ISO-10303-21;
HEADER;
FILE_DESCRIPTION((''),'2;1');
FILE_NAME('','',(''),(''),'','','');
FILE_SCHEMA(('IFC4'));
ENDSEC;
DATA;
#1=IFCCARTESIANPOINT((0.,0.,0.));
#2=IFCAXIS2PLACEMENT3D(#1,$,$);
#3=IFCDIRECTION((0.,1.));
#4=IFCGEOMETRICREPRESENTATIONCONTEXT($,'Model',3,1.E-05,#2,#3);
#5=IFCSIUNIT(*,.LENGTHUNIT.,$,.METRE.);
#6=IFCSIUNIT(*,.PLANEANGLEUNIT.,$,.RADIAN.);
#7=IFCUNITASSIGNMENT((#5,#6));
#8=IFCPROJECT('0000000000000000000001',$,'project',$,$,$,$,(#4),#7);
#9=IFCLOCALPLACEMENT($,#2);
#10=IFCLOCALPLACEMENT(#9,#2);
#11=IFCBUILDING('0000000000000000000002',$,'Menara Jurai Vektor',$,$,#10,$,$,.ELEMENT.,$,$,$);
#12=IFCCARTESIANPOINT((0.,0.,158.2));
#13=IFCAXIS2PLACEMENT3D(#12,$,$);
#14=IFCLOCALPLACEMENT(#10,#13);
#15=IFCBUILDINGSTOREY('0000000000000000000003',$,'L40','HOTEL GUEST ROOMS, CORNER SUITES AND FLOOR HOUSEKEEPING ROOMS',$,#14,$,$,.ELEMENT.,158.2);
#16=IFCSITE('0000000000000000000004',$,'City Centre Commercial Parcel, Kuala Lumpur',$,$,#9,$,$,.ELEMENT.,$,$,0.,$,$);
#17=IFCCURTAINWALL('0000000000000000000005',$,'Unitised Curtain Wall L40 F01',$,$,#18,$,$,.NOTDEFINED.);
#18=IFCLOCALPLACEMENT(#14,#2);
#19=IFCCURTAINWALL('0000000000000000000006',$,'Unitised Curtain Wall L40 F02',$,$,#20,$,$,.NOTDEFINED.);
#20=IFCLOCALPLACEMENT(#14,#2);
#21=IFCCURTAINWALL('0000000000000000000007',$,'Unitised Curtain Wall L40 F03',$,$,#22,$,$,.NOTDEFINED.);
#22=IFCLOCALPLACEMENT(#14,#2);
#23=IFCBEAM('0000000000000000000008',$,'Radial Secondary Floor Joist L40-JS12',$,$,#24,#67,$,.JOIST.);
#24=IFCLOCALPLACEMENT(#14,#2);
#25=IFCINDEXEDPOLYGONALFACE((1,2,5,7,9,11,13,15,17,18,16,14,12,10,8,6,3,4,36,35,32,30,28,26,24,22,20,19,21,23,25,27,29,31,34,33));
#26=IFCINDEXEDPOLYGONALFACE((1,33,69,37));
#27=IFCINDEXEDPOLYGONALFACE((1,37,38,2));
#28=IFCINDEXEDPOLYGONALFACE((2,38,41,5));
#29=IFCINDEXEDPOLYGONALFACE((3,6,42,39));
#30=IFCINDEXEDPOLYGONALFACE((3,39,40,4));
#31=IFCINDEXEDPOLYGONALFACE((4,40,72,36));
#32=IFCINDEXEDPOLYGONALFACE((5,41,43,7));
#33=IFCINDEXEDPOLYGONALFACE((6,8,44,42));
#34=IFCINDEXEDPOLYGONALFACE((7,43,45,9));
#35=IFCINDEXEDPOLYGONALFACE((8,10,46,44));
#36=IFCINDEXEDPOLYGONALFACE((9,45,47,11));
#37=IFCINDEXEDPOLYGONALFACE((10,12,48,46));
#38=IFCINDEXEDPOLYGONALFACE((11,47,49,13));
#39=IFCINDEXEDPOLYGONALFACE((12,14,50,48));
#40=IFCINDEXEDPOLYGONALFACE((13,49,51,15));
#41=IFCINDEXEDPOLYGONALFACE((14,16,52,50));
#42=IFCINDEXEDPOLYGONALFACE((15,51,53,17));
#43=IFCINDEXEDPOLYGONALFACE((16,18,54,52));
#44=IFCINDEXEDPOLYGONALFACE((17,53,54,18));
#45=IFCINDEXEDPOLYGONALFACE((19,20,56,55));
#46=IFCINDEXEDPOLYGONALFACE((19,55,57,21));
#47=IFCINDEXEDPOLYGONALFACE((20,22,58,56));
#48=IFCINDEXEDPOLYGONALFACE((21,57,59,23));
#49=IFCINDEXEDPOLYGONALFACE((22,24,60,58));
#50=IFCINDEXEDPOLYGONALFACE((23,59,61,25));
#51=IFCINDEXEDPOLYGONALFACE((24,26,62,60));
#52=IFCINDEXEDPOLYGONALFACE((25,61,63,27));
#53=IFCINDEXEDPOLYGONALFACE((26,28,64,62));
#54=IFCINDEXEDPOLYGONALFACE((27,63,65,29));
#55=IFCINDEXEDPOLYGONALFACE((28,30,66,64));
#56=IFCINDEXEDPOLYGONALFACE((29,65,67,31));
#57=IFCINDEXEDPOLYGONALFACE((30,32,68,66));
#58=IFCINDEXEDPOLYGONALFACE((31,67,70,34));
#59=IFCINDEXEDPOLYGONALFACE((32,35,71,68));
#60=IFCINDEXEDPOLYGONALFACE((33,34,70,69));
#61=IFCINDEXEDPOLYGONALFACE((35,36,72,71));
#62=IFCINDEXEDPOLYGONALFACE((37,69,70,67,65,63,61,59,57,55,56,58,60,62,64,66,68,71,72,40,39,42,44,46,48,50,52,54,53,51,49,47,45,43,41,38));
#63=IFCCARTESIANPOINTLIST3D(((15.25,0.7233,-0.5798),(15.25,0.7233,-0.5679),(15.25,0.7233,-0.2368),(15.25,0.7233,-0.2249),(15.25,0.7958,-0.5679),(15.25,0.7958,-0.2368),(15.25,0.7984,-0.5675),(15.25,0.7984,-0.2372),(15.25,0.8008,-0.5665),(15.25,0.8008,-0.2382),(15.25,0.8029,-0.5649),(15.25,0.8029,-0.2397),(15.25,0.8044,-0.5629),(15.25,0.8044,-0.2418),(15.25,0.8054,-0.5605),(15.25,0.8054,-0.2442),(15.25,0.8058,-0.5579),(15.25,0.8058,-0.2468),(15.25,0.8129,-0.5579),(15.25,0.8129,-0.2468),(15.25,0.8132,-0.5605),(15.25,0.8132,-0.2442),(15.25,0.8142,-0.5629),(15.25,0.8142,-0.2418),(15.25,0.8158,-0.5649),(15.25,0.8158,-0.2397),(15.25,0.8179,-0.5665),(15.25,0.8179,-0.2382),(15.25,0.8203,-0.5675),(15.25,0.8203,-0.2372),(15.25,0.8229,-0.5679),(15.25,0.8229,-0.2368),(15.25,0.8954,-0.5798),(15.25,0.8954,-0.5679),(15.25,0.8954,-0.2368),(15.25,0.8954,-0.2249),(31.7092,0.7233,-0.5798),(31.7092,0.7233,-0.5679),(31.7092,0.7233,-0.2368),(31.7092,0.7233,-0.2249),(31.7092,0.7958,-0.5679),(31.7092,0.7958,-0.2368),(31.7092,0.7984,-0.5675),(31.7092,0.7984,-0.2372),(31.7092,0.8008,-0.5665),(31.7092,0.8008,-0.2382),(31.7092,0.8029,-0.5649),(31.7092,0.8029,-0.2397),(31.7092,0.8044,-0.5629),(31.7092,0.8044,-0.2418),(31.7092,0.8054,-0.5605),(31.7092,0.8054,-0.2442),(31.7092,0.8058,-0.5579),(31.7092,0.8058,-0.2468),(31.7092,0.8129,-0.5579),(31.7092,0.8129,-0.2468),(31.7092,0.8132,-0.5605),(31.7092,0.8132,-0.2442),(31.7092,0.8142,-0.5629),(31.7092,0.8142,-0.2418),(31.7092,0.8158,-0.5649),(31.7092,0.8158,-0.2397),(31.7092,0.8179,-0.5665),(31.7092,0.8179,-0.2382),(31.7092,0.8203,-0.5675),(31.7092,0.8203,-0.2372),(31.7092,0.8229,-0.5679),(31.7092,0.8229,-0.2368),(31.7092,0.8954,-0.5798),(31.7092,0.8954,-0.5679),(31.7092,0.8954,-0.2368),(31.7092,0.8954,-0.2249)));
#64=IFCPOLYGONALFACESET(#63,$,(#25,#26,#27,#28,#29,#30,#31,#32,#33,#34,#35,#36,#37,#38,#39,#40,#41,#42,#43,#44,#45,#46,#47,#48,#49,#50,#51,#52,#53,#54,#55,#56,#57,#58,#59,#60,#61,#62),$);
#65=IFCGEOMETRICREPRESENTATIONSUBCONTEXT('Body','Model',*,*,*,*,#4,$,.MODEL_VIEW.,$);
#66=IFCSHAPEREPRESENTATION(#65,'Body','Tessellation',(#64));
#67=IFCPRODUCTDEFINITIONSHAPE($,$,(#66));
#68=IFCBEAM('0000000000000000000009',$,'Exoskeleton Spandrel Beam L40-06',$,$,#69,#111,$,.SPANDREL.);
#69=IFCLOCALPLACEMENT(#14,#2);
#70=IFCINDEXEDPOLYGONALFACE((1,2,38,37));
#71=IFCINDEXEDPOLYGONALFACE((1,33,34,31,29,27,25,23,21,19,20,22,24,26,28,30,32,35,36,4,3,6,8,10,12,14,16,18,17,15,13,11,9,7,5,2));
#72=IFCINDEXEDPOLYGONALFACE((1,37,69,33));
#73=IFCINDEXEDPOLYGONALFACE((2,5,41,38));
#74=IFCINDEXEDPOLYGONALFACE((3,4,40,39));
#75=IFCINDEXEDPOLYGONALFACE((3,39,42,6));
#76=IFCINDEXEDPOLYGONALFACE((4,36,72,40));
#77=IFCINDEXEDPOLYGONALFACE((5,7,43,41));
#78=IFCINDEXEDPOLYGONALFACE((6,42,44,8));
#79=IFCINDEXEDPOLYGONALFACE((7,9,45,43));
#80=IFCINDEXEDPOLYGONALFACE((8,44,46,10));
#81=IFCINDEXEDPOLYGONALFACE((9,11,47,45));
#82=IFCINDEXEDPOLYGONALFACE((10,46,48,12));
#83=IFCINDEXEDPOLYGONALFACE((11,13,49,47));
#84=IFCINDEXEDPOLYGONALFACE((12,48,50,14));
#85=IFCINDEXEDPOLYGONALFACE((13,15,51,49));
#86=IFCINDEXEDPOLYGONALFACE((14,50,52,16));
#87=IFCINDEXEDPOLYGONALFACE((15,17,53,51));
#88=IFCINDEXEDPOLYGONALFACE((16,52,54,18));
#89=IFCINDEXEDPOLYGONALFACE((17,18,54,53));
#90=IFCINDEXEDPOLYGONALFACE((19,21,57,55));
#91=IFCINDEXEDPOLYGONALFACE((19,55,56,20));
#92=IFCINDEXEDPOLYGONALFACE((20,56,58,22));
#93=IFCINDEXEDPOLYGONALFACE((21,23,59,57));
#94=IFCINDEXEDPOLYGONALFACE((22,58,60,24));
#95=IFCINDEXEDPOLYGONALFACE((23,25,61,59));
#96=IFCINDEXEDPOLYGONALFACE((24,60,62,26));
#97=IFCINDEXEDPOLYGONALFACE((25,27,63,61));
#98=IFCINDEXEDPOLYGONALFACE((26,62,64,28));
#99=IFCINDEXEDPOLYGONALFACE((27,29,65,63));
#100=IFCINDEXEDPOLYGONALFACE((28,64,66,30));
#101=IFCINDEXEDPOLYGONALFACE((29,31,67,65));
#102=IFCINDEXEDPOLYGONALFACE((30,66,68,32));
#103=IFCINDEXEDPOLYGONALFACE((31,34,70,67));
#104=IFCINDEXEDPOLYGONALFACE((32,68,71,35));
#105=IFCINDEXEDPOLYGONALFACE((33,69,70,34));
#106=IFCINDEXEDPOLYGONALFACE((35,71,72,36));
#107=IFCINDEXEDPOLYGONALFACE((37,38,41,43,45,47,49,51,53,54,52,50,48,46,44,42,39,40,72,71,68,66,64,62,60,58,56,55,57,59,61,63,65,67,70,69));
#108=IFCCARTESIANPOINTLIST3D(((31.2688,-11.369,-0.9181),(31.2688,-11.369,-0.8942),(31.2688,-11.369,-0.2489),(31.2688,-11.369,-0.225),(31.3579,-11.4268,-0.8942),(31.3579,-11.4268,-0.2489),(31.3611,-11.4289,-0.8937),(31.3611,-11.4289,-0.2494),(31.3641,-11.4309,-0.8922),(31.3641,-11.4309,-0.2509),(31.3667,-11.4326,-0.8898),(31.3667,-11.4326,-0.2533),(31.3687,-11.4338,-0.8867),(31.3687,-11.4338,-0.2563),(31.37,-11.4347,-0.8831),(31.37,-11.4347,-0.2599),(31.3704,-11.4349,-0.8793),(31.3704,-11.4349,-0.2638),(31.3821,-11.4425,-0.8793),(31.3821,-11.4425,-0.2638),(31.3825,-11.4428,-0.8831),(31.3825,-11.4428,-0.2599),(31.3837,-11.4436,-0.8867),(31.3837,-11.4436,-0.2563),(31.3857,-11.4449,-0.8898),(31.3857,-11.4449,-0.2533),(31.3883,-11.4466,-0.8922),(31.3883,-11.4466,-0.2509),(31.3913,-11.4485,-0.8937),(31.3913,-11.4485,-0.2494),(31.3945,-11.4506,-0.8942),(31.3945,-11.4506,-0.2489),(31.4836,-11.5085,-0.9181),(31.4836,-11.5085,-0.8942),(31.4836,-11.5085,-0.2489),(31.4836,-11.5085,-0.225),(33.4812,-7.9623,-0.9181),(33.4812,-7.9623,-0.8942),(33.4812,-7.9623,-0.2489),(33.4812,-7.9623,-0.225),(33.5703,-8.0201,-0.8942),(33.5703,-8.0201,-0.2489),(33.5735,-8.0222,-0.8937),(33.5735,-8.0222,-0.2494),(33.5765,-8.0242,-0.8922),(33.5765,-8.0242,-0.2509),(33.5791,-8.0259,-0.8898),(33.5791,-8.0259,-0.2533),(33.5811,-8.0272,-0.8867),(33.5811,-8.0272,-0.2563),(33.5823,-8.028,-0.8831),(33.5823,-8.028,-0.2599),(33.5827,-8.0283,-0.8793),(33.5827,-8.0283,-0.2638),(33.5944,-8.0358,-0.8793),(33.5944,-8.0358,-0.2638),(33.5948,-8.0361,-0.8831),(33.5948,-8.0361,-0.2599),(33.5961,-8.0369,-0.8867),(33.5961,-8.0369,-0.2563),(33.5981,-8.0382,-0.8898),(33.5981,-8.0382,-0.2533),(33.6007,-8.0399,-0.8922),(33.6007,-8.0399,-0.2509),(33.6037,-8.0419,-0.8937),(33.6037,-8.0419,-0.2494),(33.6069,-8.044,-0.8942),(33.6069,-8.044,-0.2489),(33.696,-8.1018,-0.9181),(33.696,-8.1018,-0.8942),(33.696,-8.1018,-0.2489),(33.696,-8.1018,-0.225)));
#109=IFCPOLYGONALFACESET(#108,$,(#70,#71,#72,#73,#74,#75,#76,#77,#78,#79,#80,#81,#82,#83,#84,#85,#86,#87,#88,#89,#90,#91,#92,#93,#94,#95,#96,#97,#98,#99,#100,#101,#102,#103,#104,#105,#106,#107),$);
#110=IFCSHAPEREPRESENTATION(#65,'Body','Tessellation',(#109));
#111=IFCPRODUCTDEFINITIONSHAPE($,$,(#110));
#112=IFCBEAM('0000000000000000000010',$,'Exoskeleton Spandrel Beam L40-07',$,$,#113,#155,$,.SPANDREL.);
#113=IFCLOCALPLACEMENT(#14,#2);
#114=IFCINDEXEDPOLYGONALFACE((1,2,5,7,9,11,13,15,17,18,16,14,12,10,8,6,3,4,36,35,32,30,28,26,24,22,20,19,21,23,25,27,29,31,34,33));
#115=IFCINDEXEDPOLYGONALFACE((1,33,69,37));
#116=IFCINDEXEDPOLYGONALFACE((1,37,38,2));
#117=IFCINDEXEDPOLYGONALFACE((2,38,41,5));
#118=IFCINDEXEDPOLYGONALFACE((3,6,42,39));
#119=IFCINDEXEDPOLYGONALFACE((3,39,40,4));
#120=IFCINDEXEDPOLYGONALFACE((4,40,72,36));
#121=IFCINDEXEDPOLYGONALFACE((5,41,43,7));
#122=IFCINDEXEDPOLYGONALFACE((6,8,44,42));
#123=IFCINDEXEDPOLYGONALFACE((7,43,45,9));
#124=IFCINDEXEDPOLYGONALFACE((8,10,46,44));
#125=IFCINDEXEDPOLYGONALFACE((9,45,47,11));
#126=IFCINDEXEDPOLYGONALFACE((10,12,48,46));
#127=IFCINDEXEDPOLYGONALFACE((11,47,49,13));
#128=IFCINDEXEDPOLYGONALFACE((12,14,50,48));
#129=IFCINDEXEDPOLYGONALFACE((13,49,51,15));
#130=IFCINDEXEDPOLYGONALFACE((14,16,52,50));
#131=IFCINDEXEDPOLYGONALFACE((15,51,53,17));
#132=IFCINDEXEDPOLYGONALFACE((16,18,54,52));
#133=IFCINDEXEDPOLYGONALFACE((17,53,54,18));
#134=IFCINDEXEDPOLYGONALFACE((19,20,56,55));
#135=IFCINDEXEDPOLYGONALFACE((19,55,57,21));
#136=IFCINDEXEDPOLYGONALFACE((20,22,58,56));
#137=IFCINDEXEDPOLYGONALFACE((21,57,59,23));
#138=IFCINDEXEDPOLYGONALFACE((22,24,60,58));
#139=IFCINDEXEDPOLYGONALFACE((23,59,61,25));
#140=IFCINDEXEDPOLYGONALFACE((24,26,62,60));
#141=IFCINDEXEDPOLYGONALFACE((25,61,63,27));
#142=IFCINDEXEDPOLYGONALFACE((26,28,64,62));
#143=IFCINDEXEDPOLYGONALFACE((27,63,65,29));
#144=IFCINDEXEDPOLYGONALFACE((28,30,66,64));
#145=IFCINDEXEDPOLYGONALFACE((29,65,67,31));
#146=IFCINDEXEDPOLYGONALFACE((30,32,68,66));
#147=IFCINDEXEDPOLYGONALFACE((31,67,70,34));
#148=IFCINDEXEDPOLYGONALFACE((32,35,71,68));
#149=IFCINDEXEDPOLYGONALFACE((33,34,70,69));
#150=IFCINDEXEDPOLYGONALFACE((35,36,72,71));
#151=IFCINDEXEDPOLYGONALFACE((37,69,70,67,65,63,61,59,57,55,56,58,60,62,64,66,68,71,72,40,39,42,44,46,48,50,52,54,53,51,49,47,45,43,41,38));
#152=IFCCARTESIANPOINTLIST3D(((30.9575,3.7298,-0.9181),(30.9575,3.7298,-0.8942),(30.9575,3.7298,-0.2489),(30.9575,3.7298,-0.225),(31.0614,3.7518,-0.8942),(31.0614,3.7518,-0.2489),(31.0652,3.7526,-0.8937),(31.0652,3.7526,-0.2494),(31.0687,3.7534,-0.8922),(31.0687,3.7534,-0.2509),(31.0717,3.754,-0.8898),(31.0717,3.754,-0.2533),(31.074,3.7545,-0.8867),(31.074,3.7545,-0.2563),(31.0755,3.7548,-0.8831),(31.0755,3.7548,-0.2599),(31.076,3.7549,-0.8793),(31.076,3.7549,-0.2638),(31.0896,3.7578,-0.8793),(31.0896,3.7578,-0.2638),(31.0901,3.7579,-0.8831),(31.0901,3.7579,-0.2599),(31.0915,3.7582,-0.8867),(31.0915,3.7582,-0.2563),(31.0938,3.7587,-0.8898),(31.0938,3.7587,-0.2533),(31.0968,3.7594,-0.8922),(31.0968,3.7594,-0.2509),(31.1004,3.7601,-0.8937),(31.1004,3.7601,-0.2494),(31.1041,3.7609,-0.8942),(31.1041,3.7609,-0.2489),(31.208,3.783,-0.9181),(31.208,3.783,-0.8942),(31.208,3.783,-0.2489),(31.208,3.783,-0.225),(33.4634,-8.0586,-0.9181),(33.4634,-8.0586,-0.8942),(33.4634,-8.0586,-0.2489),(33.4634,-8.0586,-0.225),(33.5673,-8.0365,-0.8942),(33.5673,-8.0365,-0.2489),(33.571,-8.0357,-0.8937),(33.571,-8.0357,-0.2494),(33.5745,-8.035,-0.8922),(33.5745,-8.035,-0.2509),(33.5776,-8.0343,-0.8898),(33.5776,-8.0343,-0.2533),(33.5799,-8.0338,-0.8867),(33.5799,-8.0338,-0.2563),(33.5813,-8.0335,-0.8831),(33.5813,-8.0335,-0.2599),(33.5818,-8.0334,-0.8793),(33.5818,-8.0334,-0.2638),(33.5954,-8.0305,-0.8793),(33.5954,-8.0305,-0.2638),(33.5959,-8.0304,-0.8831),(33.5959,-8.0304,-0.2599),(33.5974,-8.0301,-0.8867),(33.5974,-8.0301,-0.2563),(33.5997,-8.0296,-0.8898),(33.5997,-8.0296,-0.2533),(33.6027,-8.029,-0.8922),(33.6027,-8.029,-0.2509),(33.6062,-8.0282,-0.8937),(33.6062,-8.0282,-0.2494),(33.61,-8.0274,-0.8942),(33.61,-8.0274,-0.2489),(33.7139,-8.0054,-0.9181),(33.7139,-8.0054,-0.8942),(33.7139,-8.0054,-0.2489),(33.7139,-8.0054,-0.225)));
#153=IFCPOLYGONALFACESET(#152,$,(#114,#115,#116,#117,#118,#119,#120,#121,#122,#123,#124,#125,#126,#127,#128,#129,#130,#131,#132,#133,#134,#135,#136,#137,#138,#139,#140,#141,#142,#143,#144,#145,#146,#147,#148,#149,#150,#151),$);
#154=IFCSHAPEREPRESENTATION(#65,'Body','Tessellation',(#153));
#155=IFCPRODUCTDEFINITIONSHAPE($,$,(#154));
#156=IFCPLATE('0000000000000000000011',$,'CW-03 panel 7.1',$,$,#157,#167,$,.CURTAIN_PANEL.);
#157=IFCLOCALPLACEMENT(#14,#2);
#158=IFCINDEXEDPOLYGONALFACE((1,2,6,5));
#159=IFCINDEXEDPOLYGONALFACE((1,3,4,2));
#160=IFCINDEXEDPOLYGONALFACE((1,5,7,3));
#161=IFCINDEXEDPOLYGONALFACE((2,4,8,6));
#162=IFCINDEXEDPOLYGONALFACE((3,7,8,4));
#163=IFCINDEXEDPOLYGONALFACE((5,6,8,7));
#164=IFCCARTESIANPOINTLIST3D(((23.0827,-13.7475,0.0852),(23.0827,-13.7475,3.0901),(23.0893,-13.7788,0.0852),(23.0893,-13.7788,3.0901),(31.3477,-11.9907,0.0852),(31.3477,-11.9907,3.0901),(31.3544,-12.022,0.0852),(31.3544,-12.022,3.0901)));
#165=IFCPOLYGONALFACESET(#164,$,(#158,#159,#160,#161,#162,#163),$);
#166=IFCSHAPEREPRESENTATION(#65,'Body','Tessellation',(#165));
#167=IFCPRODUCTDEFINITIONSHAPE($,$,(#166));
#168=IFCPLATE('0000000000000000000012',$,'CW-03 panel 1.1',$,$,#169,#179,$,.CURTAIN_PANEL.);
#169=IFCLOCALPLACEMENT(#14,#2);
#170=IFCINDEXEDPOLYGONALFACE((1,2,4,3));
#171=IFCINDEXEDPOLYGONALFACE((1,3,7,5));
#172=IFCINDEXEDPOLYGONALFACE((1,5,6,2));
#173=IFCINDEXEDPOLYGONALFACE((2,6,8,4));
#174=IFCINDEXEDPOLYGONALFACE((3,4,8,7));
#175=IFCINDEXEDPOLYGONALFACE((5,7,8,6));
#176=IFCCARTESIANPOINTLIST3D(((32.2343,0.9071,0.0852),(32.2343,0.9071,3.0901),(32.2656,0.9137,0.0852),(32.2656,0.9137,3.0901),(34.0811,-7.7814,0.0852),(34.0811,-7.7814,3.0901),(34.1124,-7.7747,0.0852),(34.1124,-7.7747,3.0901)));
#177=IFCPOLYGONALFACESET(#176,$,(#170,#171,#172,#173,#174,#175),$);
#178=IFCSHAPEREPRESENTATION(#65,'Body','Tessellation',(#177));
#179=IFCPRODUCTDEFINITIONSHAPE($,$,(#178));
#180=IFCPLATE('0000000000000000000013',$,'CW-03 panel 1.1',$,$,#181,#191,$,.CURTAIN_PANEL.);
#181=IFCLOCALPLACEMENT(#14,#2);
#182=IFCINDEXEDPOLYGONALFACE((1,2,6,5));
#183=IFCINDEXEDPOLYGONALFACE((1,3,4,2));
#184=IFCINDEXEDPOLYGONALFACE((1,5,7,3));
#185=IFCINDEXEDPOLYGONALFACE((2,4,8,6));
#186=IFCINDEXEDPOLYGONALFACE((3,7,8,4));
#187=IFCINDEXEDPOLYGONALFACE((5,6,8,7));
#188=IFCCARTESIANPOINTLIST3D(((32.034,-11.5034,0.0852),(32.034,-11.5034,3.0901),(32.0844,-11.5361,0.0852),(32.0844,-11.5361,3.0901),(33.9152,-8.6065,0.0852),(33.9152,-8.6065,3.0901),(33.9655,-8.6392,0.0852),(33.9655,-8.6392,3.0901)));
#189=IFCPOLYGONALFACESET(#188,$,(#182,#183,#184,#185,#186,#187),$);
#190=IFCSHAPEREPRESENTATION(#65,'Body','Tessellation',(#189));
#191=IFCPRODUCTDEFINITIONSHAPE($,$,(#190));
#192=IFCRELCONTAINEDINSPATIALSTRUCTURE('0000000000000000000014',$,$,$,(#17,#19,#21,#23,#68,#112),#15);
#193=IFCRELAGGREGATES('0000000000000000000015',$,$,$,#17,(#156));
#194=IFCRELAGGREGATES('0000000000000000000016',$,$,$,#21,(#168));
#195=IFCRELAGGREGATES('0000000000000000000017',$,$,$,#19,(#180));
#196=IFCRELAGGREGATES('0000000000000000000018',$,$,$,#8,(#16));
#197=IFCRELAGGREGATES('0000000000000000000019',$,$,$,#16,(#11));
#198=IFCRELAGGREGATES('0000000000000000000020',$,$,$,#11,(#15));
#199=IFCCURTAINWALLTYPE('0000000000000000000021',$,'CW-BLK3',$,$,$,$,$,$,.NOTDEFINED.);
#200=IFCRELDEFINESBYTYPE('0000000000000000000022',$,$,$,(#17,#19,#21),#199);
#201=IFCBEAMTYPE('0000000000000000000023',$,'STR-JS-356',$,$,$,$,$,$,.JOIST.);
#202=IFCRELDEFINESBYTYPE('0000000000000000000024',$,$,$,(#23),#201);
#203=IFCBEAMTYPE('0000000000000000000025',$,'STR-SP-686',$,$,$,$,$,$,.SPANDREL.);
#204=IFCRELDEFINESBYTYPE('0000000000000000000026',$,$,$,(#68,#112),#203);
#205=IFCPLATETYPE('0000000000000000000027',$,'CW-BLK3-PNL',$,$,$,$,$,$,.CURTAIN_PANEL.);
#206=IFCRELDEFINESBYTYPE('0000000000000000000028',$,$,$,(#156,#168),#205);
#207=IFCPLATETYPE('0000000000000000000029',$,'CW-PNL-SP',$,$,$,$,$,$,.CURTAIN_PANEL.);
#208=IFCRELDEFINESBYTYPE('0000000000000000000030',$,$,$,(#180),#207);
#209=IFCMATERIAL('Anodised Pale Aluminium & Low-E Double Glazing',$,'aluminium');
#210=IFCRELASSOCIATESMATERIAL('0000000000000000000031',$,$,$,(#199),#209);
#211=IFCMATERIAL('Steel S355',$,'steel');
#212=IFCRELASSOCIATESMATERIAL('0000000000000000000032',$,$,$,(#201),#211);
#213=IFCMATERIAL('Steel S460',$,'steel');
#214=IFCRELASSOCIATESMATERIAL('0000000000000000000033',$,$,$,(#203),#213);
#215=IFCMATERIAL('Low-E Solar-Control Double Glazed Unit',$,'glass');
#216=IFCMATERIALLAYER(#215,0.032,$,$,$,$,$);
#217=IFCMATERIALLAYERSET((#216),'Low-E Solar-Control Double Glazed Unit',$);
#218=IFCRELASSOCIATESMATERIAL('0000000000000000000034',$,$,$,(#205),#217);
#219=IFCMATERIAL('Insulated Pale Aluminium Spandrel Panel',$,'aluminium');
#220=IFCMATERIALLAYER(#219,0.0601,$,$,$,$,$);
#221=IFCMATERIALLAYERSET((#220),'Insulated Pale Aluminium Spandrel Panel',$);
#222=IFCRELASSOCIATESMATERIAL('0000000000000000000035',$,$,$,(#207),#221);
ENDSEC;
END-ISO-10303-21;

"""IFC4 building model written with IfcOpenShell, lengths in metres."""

from ifc_helpers import new_model, si_unit, direction, frame, origin, origin_2d, place, context, subcontext, project, spatial, rectangle, i_section, extrude, material, layer, layer_set, material_profile, profile_set, type_object, element, aggregate, save


model = new_model("IFC4")

# Units and contexts
model_context = context("Model", 3, precision=1e-05, world=origin(), true_north=direction((0.0, 1.0)))
body_context = subcontext(model_context, "Body", "Model", "MODEL_VIEW")
ifc_project = project(units=[si_unit("LENGTHUNIT", "METRE"), si_unit("PLANEANGLEUNIT", "RADIAN")], contexts=[model_context])

# Site, building, storey
site_placement = place(None, origin())
site = spatial("IfcSite", under=ifc_project, at=site_placement, Name="City Centre Commercial Parcel, Kuala Lumpur", CompositionType="ELEMENT", RefElevation=0.0)
building_placement = place(site_placement, origin())
building = spatial("IfcBuilding", under=site, at=building_placement, Name="Menara Jurai Vektor", CompositionType="ELEMENT")
storey_placement = place(building_placement, frame((0.0, 0.0, 158.2)))
storey = spatial("IfcBuildingStorey", under=building, at=storey_placement, Name="L40", Description="HOTEL GUEST ROOMS, CORNER SUITES AND FLOOR HOUSEKEEPING ROOMS", CompositionType="ELEMENT", Elevation=158.2)

# Shared definitions
ifc_material_1 = material(Name="Steel S460", Category="steel")

# Curtain walls
ifc_material_2 = material(Name="Anodised Pale Aluminium & Low-E Double Glazing", Category="aluminium")
curtain_wall_type = type_object("IfcCurtainWallType", Name="CW-BLK3", PredefinedType="NOTDEFINED", material=ifc_material_2)
curtain_wall_1_placement = place(storey_placement, origin())
curtain_wall_1 = element("IfcCurtainWall", 1, at=curtain_wall_1_placement, inside=storey, type_object=curtain_wall_type, Name="Unitised Curtain Wall L40 F01", PredefinedType="NOTDEFINED")
curtain_wall_2_placement = place(storey_placement, origin())
curtain_wall_2 = element("IfcCurtainWall", 2, at=curtain_wall_2_placement, inside=storey, type_object=curtain_wall_type, Name="Unitised Curtain Wall L40 F02", PredefinedType="NOTDEFINED")
curtain_wall_3_placement = place(storey_placement, origin())
curtain_wall_3 = element("IfcCurtainWall", 3, at=curtain_wall_3_placement, inside=storey, type_object=curtain_wall_type, Name="Unitised Curtain Wall L40 F03", PredefinedType="NOTDEFINED")

# Shared definitions
ifc_material_3 = material(Name="Steel S355", Category="steel")

# Beams
ifc_material_profile_1 = material_profile(ifc_material_3, i_section(OverallWidth=0.1721, OverallDepth=0.355, WebThickness=0.0071, FlangeThickness=0.012, FilletRadius=0.01, at=origin_2d()), Name="UKB 356x171x51")
ifc_profile_set_1 = profile_set([ifc_material_profile_1], Name="Steel S355")
beam_type_1 = type_object("IfcBeamType", Name="STR-JS-356", PredefinedType="JOIST", material=ifc_profile_set_1)
beam_1_placement = place(storey_placement, frame((31.7092, 0.8093, -0.4023), z_axis=(-1.0, 0.0, 0.0), x_axis=(0.0, -1.0, 0.0)))
element("IfcBeam", 4, at=beam_1_placement, inside=storey, type_object=beam_type_1, Name="Radial Secondary Floor Joist L40-JS12", PredefinedType="JOIST", context=body_context, shape_type="SweptSolid", body=[
    extrude(i_section(OverallWidth=0.1721, OverallDepth=0.355, WebThickness=0.0071, FlangeThickness=0.012, FilletRadius=0.01, at=origin_2d()), origin(), (0.0, 0.0, 1.0), 16.4592),
])
ifc_material_profile_2 = material_profile(ifc_material_1, i_section(OverallWidth=0.2561, OverallDepth=0.6931, WebThickness=0.0139, FlangeThickness=0.0239, FilletRadius=0.0149, at=origin_2d()), Name="UKB 686x254x170")
ifc_profile_set_2 = profile_set([ifc_material_profile_2], Name="Steel S460")
beam_type_2 = type_object("IfcBeamType", Name="STR-SP-686", PredefinedType="SPANDREL", material=ifc_profile_set_2)
beam_2_placement = place(storey_placement, frame((31.3762, -11.4387, -0.5715), z_axis=(0.544646, 0.838666, 0.0), x_axis=(-0.838666, 0.544646, 0.0)))
element("IfcBeam", 5, at=beam_2_placement, inside=storey, type_object=beam_type_2, Name="Exoskeleton Spandrel Beam L40-06", PredefinedType="SPANDREL", context=body_context, shape_type="SweptSolid", body=[
    extrude(i_section(OverallWidth=0.2561, OverallDepth=0.6931, WebThickness=0.0139, FlangeThickness=0.0239, FilletRadius=0.0149, at=origin_2d()), origin(), (0.0, 0.0, 1.0), 4.062),
])
beam_3_placement = place(storey_placement, frame((33.5886, -8.032, -0.5715), z_axis=(-0.207925, 0.978145, 0.0), x_axis=(-0.978145, -0.207925, 0.0)))
element("IfcBeam", 6, at=beam_3_placement, inside=storey, type_object=beam_type_2, Name="Exoskeleton Spandrel Beam L40-07", PredefinedType="SPANDREL", context=body_context, shape_type="SweptSolid", body=[
    extrude(i_section(OverallWidth=0.2561, OverallDepth=0.6931, WebThickness=0.0139, FlangeThickness=0.0239, FilletRadius=0.0149, at=origin_2d()), origin(), (0.0, 0.0, 1.0), 12.0518),
])

# Plates
ifc_material_4 = material(Name="Low-E Solar-Control Double Glazed Unit", Category="glass")
ifc_layer_1 = layer(ifc_material_4, 0.032)
ifc_layer_set_1 = layer_set([ifc_layer_1], Name="Low-E Solar-Control Double Glazed Unit")
plate_type_1 = type_object("IfcPlateType", Name="CW-BLK3-PNL", PredefinedType="CURTAIN_PANEL", material=ifc_layer_set_1)
plate_1_placement = place(storey_placement, frame((27.2185, -12.8848, 0.0852), z_axis=(0.0, 0.0, 1.0), x_axis=(0.978148, 0.207911, 0.0)))
plate_1 = element("IfcPlate", 7, at=plate_1_placement, type_object=plate_type_1, Name="CW-03 panel 7.1", PredefinedType="CURTAIN_PANEL", context=body_context, shape_type="SweptSolid", body=[
    extrude(rectangle(XDim=8.4497, YDim=0.032, at=origin_2d()), origin(), (0.0, 0.0, 1.0), 3.0049),
])
aggregate(curtain_wall_1, [plate_1])
plate_2_placement = place(storey_placement, frame((33.1733, -3.4338, 0.0852), z_axis=(0.0, 0.0, 1.0), x_axis=(-0.20791, 0.978148, 0.0)))
plate_2 = element("IfcPlate", 8, at=plate_2_placement, type_object=plate_type_1, Name="CW-03 panel 1.1", PredefinedType="CURTAIN_PANEL", context=body_context, shape_type="SweptSolid", body=[
    extrude(rectangle(XDim=8.8826, YDim=0.032, at=origin_2d()), origin(), (0.0, 0.0, 1.0), 3.0049),
])
aggregate(curtain_wall_3, [plate_2])
ifc_material_5 = material(Name="Insulated Pale Aluminium Spandrel Panel", Category="aluminium")
ifc_layer_2 = layer(ifc_material_5, 0.0601)
ifc_layer_set_2 = layer_set([ifc_layer_2], Name="Insulated Pale Aluminium Spandrel Panel")
plate_type_2 = type_object("IfcPlateType", Name="CW-PNL-SP", PredefinedType="CURTAIN_PANEL", material=ifc_layer_set_2)
plate_3_placement = place(storey_placement, frame((32.9998, -10.0713, 0.0852), z_axis=(0.0, 0.0, 1.0), x_axis=(0.544618, 0.838684, 0.0)))
plate_3 = element("IfcPlate", 9, at=plate_3_placement, type_object=plate_type_2, Name="CW-03 panel 1.1", PredefinedType="CURTAIN_PANEL", context=body_context, shape_type="SweptSolid", body=[
    extrude(rectangle(XDim=3.4541, YDim=0.0601, at=origin_2d()), origin(), (0.0, 0.0, 1.0), 3.0049),
])
aggregate(curtain_wall_2, [plate_3])

save(model, "model.ifc")
